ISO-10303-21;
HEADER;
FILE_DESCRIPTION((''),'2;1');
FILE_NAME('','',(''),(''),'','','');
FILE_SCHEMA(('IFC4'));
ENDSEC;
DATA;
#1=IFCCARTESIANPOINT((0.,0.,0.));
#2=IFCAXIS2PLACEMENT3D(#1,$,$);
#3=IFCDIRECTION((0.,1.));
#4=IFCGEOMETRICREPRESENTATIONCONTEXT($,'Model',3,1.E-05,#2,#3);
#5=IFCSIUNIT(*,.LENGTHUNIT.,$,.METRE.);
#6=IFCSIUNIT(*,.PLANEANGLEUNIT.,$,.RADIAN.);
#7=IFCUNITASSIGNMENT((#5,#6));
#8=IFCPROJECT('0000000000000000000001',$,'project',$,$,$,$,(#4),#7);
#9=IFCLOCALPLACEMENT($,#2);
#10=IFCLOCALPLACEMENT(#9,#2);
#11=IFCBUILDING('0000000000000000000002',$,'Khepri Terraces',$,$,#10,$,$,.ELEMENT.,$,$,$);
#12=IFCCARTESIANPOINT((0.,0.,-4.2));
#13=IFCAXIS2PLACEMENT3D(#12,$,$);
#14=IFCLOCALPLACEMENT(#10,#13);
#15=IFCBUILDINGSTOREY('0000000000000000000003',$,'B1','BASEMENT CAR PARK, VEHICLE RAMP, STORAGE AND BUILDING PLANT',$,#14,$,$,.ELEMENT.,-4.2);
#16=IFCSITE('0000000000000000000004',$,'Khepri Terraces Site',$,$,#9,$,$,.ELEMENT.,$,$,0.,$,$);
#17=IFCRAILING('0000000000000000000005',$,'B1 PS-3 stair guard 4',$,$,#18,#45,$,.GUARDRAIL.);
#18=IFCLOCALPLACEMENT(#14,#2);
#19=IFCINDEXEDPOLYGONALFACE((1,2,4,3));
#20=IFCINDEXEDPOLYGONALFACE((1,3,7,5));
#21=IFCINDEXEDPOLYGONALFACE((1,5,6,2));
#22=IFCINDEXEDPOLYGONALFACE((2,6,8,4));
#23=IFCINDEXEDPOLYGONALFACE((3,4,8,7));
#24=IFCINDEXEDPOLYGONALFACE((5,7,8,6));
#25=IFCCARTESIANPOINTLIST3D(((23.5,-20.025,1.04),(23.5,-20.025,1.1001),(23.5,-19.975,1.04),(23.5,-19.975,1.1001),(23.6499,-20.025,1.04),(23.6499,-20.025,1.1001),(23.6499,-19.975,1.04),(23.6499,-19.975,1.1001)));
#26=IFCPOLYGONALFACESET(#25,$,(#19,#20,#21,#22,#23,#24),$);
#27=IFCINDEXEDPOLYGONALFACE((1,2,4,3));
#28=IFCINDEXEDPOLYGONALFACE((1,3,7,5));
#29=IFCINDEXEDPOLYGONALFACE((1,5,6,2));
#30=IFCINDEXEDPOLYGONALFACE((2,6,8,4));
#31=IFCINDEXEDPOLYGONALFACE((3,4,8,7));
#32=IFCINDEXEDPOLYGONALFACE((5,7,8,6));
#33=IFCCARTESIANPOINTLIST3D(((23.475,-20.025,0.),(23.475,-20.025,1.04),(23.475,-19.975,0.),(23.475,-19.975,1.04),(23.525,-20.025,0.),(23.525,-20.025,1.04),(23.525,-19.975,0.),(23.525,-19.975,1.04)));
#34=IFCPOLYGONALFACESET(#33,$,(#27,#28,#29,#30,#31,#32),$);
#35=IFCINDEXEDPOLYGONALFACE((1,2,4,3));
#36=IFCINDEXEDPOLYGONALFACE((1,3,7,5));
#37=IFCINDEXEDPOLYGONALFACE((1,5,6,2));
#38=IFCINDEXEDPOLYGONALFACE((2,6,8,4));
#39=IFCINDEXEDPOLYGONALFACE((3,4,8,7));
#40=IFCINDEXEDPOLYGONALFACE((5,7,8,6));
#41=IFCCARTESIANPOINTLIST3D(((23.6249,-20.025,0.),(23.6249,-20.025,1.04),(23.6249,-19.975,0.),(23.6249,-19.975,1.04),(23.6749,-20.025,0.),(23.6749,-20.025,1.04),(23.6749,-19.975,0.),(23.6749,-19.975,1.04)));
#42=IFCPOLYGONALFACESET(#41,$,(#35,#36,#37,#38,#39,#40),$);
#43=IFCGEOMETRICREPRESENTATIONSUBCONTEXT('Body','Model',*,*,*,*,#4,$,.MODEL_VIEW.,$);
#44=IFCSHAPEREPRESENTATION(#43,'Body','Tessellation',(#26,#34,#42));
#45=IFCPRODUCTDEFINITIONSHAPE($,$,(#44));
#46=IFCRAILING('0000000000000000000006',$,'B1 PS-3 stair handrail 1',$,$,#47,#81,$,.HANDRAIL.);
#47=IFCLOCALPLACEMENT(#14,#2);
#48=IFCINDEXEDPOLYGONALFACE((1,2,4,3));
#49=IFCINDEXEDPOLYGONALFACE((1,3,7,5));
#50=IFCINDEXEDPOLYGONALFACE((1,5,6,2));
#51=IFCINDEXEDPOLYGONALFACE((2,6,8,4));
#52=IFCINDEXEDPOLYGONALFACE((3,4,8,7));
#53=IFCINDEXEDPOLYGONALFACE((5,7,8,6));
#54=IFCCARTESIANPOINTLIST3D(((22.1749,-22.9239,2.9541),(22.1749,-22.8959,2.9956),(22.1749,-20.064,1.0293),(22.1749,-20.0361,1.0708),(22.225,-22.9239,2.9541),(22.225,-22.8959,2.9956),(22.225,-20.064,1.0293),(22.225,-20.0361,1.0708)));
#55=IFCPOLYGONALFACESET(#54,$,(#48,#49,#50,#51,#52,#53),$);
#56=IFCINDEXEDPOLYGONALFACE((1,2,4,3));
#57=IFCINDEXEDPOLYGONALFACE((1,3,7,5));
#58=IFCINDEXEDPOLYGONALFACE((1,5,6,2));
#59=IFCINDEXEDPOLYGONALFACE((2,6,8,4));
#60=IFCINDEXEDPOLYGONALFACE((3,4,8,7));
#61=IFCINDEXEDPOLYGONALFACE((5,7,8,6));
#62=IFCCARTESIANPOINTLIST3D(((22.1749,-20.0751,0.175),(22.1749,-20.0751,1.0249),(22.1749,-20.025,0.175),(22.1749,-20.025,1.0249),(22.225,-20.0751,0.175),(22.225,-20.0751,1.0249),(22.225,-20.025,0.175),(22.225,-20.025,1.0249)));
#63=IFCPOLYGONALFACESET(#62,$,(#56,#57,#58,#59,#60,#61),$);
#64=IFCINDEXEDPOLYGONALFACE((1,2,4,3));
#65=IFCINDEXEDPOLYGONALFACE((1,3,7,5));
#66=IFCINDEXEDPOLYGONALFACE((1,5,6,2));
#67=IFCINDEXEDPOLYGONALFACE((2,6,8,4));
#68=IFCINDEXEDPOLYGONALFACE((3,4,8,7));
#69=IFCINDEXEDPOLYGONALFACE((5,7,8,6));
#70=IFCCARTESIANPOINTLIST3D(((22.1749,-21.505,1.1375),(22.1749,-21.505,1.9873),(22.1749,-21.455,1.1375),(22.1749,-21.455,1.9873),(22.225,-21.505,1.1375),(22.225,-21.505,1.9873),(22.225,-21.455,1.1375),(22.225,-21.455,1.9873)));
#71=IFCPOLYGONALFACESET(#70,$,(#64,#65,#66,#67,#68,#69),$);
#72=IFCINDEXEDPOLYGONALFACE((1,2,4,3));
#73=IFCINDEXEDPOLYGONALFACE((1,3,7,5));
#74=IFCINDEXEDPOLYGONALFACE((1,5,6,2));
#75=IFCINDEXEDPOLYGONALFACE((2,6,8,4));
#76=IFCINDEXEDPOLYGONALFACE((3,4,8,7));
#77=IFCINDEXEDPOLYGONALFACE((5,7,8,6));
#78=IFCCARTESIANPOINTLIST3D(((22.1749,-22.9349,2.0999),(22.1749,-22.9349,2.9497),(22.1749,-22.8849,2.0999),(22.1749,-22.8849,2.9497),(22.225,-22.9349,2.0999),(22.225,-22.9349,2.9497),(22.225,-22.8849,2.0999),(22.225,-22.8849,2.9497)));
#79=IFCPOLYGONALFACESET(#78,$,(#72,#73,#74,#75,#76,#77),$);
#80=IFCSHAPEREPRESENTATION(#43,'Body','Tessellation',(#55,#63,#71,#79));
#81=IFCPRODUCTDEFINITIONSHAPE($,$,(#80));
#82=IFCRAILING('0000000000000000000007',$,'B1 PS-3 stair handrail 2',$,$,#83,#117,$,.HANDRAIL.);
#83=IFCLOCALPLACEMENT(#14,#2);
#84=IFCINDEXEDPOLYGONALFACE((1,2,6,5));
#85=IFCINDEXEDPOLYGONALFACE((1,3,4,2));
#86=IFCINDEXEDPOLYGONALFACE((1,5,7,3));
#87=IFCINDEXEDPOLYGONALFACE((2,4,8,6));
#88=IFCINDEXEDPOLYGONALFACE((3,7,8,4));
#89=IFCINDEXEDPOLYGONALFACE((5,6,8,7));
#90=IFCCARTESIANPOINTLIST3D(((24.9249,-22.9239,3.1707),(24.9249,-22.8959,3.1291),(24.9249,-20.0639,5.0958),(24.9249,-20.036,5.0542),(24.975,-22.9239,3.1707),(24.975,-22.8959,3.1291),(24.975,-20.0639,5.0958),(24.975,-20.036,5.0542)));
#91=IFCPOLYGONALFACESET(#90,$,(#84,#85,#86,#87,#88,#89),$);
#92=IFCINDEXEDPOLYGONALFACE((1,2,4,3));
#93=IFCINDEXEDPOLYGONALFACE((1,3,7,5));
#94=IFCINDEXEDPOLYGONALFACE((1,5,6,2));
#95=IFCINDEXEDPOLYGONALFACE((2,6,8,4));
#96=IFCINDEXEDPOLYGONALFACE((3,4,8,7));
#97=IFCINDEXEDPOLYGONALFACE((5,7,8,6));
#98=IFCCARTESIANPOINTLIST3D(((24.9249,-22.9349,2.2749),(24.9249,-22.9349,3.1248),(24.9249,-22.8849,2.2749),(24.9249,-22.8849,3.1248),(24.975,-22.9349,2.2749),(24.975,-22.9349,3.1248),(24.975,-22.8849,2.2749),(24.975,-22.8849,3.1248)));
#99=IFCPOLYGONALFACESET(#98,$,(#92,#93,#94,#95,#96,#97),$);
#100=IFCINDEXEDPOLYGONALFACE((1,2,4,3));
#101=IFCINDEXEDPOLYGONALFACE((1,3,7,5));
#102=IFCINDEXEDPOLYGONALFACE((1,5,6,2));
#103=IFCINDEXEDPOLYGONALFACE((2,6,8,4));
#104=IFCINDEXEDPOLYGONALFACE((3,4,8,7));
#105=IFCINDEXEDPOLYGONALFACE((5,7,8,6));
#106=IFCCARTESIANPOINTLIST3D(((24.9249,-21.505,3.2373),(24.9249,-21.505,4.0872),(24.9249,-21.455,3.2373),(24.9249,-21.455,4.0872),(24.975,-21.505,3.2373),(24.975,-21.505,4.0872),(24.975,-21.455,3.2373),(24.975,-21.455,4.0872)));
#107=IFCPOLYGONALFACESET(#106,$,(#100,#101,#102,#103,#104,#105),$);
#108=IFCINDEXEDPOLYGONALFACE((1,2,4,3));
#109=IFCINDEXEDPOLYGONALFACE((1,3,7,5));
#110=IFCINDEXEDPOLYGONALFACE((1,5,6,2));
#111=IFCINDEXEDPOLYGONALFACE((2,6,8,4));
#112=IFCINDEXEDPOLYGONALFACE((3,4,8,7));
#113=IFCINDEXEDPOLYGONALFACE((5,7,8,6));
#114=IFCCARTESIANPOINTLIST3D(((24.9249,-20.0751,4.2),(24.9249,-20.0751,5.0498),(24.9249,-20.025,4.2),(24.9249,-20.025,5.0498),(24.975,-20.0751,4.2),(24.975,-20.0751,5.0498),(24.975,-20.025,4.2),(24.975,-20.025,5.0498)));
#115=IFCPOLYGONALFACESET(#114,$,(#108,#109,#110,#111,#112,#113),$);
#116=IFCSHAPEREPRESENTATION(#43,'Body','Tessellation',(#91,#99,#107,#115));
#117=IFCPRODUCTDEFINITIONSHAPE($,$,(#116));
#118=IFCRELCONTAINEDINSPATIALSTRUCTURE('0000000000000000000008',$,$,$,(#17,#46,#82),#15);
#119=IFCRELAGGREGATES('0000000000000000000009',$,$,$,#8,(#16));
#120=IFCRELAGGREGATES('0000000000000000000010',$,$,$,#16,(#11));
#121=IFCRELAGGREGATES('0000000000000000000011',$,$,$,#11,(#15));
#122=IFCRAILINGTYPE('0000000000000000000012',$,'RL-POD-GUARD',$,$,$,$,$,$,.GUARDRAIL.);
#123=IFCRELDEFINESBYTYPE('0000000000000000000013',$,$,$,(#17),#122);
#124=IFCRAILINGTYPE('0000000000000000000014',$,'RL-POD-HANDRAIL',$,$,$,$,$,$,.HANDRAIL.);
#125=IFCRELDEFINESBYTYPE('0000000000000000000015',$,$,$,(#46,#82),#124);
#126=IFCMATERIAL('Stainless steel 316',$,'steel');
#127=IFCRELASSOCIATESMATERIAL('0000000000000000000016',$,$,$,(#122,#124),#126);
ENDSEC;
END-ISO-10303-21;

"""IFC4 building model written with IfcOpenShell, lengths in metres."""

from ifc_helpers import new_model, si_unit, direction, frame, origin, origin_2d, place, context, subcontext, project, spatial, rectangle, extrude, material, type_object, element, save


model = new_model("IFC4")

# Units and contexts
model_context = context("Model", 3, precision=1e-05, world=origin(), true_north=direction((0.0, 1.0)))
body_context = subcontext(model_context, "Body", "Model", "MODEL_VIEW")
ifc_project = project(units=[si_unit("LENGTHUNIT", "METRE"), si_unit("PLANEANGLEUNIT", "RADIAN")], contexts=[model_context])

# Site, building, storey
site_placement = place(None, origin())
site = spatial("IfcSite", under=ifc_project, at=site_placement, Name="Khepri Terraces Site", CompositionType="ELEMENT", RefElevation=0.0)
building_placement = place(site_placement, origin())
building = spatial("IfcBuilding", under=site, at=building_placement, Name="Khepri Terraces", CompositionType="ELEMENT")
storey_placement = place(building_placement, frame((0.0, 0.0, -4.2)))
storey = spatial("IfcBuildingStorey", under=building, at=storey_placement, Name="B1", Description="BASEMENT CAR PARK, VEHICLE RAMP, STORAGE AND BUILDING PLANT", CompositionType="ELEMENT", Elevation=-4.2)

# Railings
ifc_material_1 = material(Name="Stainless steel 316", Category="steel")
railing_type_1 = type_object("IfcRailingType", Name="RL-POD-GUARD", PredefinedType="GUARDRAIL", material=ifc_material_1)
railing_1_placement = place(storey_placement, frame((23.5, -20.0, 0.0)))
element("IfcRailing", 1, at=railing_1_placement, inside=storey, type_object=railing_type_1, Name="B1 PS-3 stair guard 4", PredefinedType="GUARDRAIL", context=body_context, shape_type="SweptSolid", body=[
    extrude(rectangle(XDim=0.05, YDim=0.0601, at=origin_2d()), frame((0.0, 0.0, 1.0701), z_axis=(1.0, 0.0, 0.0), x_axis=(0.0, 1.0, 0.0)), (0.0, 0.0, 1.0), 0.1499),
    extrude(rectangle(XDim=0.05, YDim=0.05, at=origin_2d()), origin(), (0.0, 0.0, 1.0), 1.04),
    extrude(rectangle(XDim=0.05, YDim=0.05, at=origin_2d()), frame((0.1499, 0.0, 0.0)), (0.0, 0.0, 1.0), 1.04),
])
railing_type_2 = type_object("IfcRailingType", Name="RL-POD-HANDRAIL", PredefinedType="HANDRAIL", material=ifc_material_1)
railing_2_placement = place(storey_placement, frame((22.2, -20.05, 0.175)))
element("IfcRailing", 2, at=railing_2_placement, inside=storey, type_object=railing_type_2, Name="B1 PS-3 stair handrail 1", PredefinedType="HANDRAIL", context=body_context, shape_type="SweptSolid", body=[
    extrude(rectangle(XDim=0.05, YDim=0.05, at=origin_2d()), frame((0.0, 0.0, 0.875), z_axis=(0.0, -0.829602, 0.558356), x_axis=(1.0, 0.0, 0.0)), (0.0, 0.0, 1.0), 3.4473),
    extrude(rectangle(XDim=0.05, YDim=0.05, at=origin_2d()), origin(), (0.0, 0.0, 1.0), 0.8499),
    extrude(rectangle(XDim=0.05, YDim=0.05, at=origin_2d()), frame((0.0, -1.4299, 0.9624)), (0.0, 0.0, 1.0), 0.8499),
    extrude(rectangle(XDim=0.05, YDim=0.05, at=origin_2d()), frame((0.0, -2.8599, 1.9248)), (0.0, 0.0, 1.0), 0.8499),
])
railing_3_placement = place(storey_placement, frame((24.95, -22.9099, 2.2749)))
element("IfcRailing", 3, at=railing_3_placement, inside=storey, type_object=railing_type_2, Name="B1 PS-3 stair handrail 2", PredefinedType="HANDRAIL", context=body_context, shape_type="SweptSolid", body=[
    extrude(rectangle(XDim=0.05, YDim=0.05, at=origin_2d()), frame((0.0, 0.0, 0.875), z_axis=(0.0, 0.829569, 0.558404), x_axis=(-1.0, 0.0, 0.0)), (0.0, 0.0, 1.0), 3.4475),
    extrude(rectangle(XDim=0.05, YDim=0.05, at=origin_2d()), origin(), (0.0, 0.0, 1.0), 0.8499),
    extrude(rectangle(XDim=0.05, YDim=0.05, at=origin_2d()), frame((0.0, 1.4299, 0.9624)), (0.0, 0.0, 1.0), 0.8499),
    extrude(rectangle(XDim=0.05, YDim=0.05, at=origin_2d()), frame((0.0, 2.8599, 1.925)), (0.0, 0.0, 1.0), 0.8499),
])

save(model, "model.ifc")
